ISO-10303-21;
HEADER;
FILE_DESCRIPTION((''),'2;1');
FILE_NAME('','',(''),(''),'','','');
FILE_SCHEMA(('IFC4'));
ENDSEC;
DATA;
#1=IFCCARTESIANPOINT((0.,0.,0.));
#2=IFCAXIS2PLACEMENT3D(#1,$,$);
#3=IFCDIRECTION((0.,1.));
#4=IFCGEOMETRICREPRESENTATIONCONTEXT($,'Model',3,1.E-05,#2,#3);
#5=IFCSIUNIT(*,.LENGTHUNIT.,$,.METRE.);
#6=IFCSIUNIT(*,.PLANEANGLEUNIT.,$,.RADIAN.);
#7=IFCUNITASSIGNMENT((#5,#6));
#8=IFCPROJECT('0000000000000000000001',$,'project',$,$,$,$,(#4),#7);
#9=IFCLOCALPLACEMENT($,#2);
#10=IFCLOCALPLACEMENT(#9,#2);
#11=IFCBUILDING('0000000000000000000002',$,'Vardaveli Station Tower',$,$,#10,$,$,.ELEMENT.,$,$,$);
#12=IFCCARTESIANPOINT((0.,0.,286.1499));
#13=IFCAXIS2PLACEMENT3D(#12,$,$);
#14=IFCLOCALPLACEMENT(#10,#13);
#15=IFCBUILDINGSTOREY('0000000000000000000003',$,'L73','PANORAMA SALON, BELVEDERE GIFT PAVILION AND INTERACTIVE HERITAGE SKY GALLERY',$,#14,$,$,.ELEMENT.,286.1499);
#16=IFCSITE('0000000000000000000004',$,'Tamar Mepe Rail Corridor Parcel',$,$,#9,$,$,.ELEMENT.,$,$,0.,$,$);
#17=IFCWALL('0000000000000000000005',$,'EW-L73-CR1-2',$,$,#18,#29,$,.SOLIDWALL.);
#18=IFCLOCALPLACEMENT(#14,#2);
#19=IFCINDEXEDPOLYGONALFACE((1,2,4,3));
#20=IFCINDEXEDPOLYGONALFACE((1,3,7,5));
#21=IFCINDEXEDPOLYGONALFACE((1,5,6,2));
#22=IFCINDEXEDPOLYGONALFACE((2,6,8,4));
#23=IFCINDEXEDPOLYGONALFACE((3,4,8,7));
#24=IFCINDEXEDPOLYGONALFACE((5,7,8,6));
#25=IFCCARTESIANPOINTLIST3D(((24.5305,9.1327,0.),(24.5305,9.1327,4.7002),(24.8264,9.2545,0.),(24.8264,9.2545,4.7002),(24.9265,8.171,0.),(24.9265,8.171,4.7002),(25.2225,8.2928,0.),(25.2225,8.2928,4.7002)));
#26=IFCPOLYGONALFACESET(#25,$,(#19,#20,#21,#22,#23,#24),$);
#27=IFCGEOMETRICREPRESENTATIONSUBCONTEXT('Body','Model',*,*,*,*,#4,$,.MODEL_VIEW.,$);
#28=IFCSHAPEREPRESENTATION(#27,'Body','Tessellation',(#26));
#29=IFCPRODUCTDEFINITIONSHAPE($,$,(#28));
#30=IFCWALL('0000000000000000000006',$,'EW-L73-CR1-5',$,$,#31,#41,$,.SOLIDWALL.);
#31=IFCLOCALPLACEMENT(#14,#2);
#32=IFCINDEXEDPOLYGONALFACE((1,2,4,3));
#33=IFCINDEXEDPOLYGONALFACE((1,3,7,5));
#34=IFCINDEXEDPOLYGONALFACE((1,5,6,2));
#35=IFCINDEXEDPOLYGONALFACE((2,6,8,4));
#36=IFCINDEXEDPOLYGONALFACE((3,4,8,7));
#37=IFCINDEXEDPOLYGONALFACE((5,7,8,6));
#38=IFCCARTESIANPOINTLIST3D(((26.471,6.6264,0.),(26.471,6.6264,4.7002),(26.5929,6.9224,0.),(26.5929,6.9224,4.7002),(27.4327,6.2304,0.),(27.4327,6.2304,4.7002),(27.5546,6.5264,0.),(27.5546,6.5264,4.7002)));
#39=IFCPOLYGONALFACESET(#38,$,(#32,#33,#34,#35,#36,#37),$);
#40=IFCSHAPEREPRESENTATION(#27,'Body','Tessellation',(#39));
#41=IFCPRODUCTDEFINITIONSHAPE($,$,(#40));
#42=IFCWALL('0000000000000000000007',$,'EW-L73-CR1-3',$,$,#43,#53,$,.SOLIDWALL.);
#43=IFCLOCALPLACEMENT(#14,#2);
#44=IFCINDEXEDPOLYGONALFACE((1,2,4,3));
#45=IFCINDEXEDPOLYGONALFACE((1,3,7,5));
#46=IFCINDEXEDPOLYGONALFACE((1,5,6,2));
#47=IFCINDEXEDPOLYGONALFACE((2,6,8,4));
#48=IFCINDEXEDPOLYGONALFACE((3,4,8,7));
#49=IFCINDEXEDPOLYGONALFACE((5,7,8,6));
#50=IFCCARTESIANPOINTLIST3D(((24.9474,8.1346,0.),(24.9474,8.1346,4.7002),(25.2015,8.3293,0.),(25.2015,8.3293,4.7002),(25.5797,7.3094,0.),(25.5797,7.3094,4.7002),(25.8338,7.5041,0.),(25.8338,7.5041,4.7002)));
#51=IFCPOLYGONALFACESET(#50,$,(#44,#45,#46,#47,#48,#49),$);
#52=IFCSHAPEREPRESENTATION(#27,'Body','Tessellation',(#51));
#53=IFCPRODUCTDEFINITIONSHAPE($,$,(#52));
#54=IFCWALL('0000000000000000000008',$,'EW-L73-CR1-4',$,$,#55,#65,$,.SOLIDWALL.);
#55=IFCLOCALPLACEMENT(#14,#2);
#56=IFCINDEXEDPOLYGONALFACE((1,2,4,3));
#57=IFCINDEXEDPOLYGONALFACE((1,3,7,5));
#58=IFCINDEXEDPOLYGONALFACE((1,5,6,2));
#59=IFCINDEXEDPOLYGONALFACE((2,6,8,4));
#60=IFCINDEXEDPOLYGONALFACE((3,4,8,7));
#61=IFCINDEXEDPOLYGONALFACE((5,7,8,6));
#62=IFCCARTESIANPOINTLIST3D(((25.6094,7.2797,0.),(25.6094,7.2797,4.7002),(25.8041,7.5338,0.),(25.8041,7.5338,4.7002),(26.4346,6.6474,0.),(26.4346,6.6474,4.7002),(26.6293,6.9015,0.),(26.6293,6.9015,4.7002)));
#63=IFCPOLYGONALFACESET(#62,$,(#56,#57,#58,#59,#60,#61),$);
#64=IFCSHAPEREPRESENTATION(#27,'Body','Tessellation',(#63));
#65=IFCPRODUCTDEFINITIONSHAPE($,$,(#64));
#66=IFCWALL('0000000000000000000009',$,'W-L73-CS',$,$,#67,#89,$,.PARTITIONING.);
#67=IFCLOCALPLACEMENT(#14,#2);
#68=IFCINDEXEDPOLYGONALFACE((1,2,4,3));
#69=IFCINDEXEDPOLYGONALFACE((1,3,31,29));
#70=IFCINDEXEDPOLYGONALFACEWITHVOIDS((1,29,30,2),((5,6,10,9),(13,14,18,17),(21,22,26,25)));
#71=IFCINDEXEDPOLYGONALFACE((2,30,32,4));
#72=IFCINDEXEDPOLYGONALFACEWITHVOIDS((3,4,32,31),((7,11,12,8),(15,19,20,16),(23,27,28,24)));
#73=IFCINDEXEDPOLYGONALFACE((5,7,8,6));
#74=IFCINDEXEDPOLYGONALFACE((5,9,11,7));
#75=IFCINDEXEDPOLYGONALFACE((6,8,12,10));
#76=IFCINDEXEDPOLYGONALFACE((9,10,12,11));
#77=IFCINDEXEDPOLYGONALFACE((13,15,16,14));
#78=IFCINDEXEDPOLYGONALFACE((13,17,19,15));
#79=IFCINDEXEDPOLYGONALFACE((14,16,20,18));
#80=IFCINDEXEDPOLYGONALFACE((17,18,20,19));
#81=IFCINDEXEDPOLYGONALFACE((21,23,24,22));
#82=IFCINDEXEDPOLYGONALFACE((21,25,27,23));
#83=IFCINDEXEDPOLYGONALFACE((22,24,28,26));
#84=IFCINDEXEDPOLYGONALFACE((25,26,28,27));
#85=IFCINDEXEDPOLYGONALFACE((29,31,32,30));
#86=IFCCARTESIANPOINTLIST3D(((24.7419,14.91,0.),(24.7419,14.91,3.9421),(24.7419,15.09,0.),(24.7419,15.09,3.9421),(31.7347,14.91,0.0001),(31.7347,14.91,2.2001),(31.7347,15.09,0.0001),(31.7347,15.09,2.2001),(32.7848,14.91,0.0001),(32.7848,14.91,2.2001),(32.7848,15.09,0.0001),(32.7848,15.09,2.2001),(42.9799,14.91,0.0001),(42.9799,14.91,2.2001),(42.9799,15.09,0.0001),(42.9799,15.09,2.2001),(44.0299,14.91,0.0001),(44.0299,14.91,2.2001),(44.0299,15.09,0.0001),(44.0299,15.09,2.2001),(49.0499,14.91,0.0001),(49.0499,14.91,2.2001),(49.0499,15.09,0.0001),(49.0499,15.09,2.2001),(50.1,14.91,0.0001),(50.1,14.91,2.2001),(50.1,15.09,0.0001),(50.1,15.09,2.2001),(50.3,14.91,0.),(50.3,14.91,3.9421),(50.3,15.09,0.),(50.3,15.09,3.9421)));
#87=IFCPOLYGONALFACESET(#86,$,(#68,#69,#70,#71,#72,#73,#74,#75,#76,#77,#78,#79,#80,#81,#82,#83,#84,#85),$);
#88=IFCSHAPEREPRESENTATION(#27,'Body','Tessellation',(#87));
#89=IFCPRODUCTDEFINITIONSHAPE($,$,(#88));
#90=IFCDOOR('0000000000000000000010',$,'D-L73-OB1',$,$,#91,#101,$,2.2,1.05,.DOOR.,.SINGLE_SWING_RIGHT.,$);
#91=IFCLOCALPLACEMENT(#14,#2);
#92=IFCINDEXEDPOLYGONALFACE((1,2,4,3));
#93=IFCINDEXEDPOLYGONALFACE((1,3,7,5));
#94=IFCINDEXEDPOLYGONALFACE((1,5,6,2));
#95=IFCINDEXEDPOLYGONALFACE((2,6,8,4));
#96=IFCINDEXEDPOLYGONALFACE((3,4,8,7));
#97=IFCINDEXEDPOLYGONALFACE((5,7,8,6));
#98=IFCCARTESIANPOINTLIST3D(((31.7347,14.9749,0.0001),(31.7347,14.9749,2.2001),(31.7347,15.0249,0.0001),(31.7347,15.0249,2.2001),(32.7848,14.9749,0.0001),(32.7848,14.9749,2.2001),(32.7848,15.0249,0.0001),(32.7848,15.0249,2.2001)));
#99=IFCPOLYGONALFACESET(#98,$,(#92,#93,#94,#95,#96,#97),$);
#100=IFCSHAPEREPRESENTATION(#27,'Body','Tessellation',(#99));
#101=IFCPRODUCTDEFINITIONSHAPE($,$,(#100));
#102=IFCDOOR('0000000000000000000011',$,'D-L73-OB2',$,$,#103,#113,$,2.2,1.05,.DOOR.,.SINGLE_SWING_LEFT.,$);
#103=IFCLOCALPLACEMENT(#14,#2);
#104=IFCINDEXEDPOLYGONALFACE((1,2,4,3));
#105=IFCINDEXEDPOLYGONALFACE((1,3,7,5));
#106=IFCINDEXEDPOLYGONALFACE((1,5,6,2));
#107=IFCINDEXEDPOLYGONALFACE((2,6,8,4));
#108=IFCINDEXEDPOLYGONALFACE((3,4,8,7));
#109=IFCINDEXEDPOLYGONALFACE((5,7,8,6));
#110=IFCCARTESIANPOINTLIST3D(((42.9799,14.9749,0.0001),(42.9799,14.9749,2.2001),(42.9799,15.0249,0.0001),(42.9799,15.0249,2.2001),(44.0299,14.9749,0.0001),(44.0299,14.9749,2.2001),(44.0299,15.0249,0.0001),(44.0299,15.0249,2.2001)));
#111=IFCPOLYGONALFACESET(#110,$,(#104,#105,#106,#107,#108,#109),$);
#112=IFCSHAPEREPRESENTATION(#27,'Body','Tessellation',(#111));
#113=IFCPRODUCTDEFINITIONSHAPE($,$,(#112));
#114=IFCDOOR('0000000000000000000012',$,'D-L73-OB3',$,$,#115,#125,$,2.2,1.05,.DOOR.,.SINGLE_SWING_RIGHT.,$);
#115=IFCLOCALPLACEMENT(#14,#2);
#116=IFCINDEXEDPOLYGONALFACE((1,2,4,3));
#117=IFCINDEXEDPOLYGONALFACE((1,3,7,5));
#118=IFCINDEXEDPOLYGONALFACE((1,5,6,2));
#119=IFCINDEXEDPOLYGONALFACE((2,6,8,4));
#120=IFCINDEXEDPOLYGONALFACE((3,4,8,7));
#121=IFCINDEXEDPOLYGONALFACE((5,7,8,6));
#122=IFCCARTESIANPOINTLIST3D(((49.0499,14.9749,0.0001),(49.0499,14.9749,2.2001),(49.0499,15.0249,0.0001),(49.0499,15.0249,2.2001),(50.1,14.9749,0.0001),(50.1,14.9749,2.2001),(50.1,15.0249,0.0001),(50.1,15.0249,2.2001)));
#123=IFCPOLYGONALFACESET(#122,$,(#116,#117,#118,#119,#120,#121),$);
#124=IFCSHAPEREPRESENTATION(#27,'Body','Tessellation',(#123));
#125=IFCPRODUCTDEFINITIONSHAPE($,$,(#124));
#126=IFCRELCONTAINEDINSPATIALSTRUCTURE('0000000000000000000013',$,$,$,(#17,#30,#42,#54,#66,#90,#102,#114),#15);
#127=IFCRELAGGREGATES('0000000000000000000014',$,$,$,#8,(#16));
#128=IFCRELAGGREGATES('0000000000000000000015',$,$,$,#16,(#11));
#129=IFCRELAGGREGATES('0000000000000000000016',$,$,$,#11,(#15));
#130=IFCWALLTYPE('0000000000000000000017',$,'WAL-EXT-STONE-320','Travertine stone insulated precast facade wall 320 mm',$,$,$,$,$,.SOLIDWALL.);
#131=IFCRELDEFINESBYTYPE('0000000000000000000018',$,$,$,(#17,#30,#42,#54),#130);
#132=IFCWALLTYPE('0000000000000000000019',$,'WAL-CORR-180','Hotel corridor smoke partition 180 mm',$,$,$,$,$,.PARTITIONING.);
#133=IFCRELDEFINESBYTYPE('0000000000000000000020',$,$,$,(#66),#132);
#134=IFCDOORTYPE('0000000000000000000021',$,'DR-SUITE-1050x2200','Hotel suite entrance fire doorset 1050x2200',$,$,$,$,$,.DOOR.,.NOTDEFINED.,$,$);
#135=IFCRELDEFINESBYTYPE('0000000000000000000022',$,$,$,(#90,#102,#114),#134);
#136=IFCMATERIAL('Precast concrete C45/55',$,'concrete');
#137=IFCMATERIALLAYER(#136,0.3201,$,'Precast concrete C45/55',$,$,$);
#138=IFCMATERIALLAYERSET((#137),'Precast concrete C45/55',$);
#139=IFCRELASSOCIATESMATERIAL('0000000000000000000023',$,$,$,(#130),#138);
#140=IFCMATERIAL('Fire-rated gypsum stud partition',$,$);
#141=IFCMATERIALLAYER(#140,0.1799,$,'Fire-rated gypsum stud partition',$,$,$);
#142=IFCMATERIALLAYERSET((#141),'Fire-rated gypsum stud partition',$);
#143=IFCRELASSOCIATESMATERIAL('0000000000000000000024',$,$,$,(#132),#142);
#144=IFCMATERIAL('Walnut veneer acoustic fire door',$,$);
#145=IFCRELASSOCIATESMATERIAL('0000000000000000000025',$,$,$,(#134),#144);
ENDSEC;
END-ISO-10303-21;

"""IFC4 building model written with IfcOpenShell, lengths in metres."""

from ifc_helpers import new_model, si_unit, direction, frame, frame_2d, origin, place, context, subcontext, project, spatial, rectangle, extrude, source, transform, mapped, material, layer, layer_set, type_object, element, fill, save


model = new_model("IFC4")

# Units and contexts
model_context = context("Model", 3, precision=1e-05, world=origin(), true_north=direction((0.0, 1.0)))
body_context = subcontext(model_context, "Body", "Model", "MODEL_VIEW")
ifc_project = project(units=[si_unit("LENGTHUNIT", "METRE"), si_unit("PLANEANGLEUNIT", "RADIAN")], contexts=[model_context])

# Site, building, storey
site_placement = place(None, origin())
site = spatial("IfcSite", under=ifc_project, at=site_placement, Name="Tamar Mepe Rail Corridor Parcel", CompositionType="ELEMENT", RefElevation=0.0)
building_placement = place(site_placement, origin())
building = spatial("IfcBuilding", under=site, at=building_placement, Name="Vardaveli Station Tower", CompositionType="ELEMENT")
storey_placement = place(building_placement, frame((0.0, 0.0, 286.1499)))
storey = spatial("IfcBuildingStorey", under=building, at=storey_placement, Name="L73", Description="PANORAMA SALON, BELVEDERE GIFT PAVILION AND INTERACTIVE HERITAGE SKY GALLERY", CompositionType="ELEMENT", Elevation=286.1499)

# Walls
ifc_material_1 = material(Name="Precast concrete C45/55", Category="concrete")
ifc_layer_1 = layer(ifc_material_1, 0.3201, Name="Precast concrete C45/55")
ifc_layer_set_1 = layer_set([ifc_layer_1], Name="Precast concrete C45/55")
wall_type_1 = type_object("IfcWallType", Name="WAL-EXT-STONE-320", Description="Travertine stone insulated precast facade wall 320 mm", PredefinedType="SOLIDWALL", material=ifc_layer_set_1)
shared_shape_1 = source(origin(), body_context, "Body", "SweptSolid", [
    extrude(rectangle(XDim=1.04, YDim=0.3201, at=frame_2d((0.52, 0.0))), origin(), (0.0, 0.0, 1.0), 4.7002),
])
for number, where, z_axis, x_axis, name in (
    (1, (24.6785, 9.1936, 0.0), (0.0, 0.0, 1.0), (0.380762, -0.924673, 0.0), "EW-L73-CR1-2"),
    (2, (26.532, 6.7744, 0.0), (0.0, 0.0, 1.0), (0.924673, -0.380762, 0.0), "EW-L73-CR1-5"),
):
    element("IfcWall", number, at=place(storey_placement, frame(where, z_axis=z_axis, x_axis=x_axis)), inside=storey, type_object=wall_type_1, Name=name, PredefinedType="SOLIDWALL", context=body_context, shape_type="MappedRepresentation", body=[
        mapped(shared_shape_1, transform((0.0, 0.0, 0.0), scale=1.0)),
    ])
shared_shape_2 = source(origin(), body_context, "Body", "SweptSolid", [
    extrude(rectangle(XDim=1.0396, YDim=0.3201, at=frame_2d((0.5198, 0.0))), origin(), (0.0, 0.0, 1.0), 4.7002),
])
for number, where, z_axis, x_axis, name in (
    (3, (25.0745, 8.2319, 0.0), (0.0, 0.0, 1.0), (0.608234, -0.793758, 0.0), "EW-L73-CR1-3"),
    (4, (25.7068, 7.4067, 0.0), (0.0, 0.0, 1.0), (0.793758, -0.608234, 0.0), "EW-L73-CR1-4"),
):
    element("IfcWall", number, at=place(storey_placement, frame(where, z_axis=z_axis, x_axis=x_axis)), inside=storey, type_object=wall_type_1, Name=name, PredefinedType="SOLIDWALL", context=body_context, shape_type="MappedRepresentation", body=[
        mapped(shared_shape_2, transform((0.0, 0.0, 0.0), scale=1.0)),
    ])

# Wall, openings, doors
ifc_material_2 = material(Name="Fire-rated gypsum stud partition")
ifc_layer_2 = layer(ifc_material_2, 0.1799, Name="Fire-rated gypsum stud partition")
ifc_layer_set_2 = layer_set([ifc_layer_2], Name="Fire-rated gypsum stud partition")
wall_type_2 = type_object("IfcWallType", Name="WAL-CORR-180", Description="Hotel corridor smoke partition 180 mm", PredefinedType="PARTITIONING", material=ifc_layer_set_2)
shared_shape_3 = source(origin(), body_context, "Body", "SweptSolid", [
    extrude(rectangle(XDim=25.5581, YDim=0.1799, at=frame_2d((12.7791, 0.0))), origin(), (0.0, 0.0, 1.0), 3.9421),
])
wall_placement = place(storey_placement, frame((24.7419, 15.0, 0.0), z_axis=(0.0, 0.0, 1.0), x_axis=(1.0, 0.0, 0.0)))
wall = element("IfcWall", 5, at=wall_placement, inside=storey, type_object=wall_type_2, Name="W-L73-CS", PredefinedType="PARTITIONING", context=body_context, shape_type="MappedRepresentation", body=[
    mapped(shared_shape_3, transform((0.0, 0.0, 0.0), scale=1.0)),
])
shared_shape_4 = source(origin(), body_context, "Body", "SweptSolid", [
    extrude(rectangle(XDim=1.05, YDim=2.2, at=frame_2d((0.5249, 1.1001))), frame((0.0, 0.1001, 0.0), z_axis=(0.0, -1.0, 0.0), x_axis=(1.0, 0.0, 0.0)), (0.0, 0.0, 1.0), 0.2),
])
opening_1_placement = place(wall_placement, frame((6.9929, 0.0, 0.0)))
opening_1 = element("IfcOpeningElement", 6, at=opening_1_placement, cuts=wall, PredefinedType="OPENING", context=body_context, shape_type="MappedRepresentation", body=[
    mapped(shared_shape_4, transform((0.0, 0.0, 0.0), scale=1.0)),
])
opening_2_placement = place(wall_placement, frame((18.238, 0.0, 0.0)))
opening_2 = element("IfcOpeningElement", 7, at=opening_2_placement, cuts=wall, PredefinedType="OPENING", context=body_context, shape_type="MappedRepresentation", body=[
    mapped(shared_shape_4, transform((0.0, 0.0, 0.0), scale=1.0)),
])
opening_3_placement = place(wall_placement, frame((24.3081, 0.0, 0.0)))
opening_3 = element("IfcOpeningElement", 8, at=opening_3_placement, cuts=wall, PredefinedType="OPENING", context=body_context, shape_type="MappedRepresentation", body=[
    mapped(shared_shape_4, transform((0.0, 0.0, 0.0), scale=1.0)),
])
ifc_material_3 = material(Name="Walnut veneer acoustic fire door")
door_type = type_object("IfcDoorType", Name="DR-SUITE-1050x2200", Description="Hotel suite entrance fire doorset 1050x2200", OperationType="NOTDEFINED", PredefinedType="DOOR", material=ifc_material_3)
shared_shape_5 = source(origin(), body_context, "Body", "SweptSolid", [
    extrude(rectangle(XDim=1.05, YDim=2.2, at=frame_2d((0.5249, 1.1001))), frame((0.0, 0.0249, 0.0), z_axis=(0.0, -1.0, 0.0), x_axis=(1.0, 0.0, 0.0)), (0.0, 0.0, 1.0), 0.05),
])
door_1_placement = place(opening_1_placement, origin())
door_1 = element("IfcDoor", 9, at=door_1_placement, inside=storey, type_object=door_type, Name="D-L73-OB1", OperationType="SINGLE_SWING_RIGHT", OverallHeight=2.2, OverallWidth=1.05, PredefinedType="DOOR", context=body_context, shape_type="MappedRepresentation", body=[
    mapped(shared_shape_5, transform((0.0, 0.0, 0.0), scale=1.0)),
])
fill(opening_1, door_1)
door_2_placement = place(opening_2_placement, origin())
door_2 = element("IfcDoor", 10, at=door_2_placement, inside=storey, type_object=door_type, Name="D-L73-OB2", OperationType="SINGLE_SWING_LEFT", OverallHeight=2.2, OverallWidth=1.05, PredefinedType="DOOR", context=body_context, shape_type="MappedRepresentation", body=[
    mapped(shared_shape_5, transform((0.0, 0.0, 0.0), scale=1.0)),
])
fill(opening_2, door_2)
door_3_placement = place(opening_3_placement, origin())
door_3 = element("IfcDoor", 11, at=door_3_placement, inside=storey, type_object=door_type, Name="D-L73-OB3", OperationType="SINGLE_SWING_RIGHT", OverallHeight=2.2, OverallWidth=1.05, PredefinedType="DOOR", context=body_context, shape_type="MappedRepresentation", body=[
    mapped(shared_shape_5, transform((0.0, 0.0, 0.0), scale=1.0)),
])
fill(opening_3, door_3)

save(model, "model.ifc")
